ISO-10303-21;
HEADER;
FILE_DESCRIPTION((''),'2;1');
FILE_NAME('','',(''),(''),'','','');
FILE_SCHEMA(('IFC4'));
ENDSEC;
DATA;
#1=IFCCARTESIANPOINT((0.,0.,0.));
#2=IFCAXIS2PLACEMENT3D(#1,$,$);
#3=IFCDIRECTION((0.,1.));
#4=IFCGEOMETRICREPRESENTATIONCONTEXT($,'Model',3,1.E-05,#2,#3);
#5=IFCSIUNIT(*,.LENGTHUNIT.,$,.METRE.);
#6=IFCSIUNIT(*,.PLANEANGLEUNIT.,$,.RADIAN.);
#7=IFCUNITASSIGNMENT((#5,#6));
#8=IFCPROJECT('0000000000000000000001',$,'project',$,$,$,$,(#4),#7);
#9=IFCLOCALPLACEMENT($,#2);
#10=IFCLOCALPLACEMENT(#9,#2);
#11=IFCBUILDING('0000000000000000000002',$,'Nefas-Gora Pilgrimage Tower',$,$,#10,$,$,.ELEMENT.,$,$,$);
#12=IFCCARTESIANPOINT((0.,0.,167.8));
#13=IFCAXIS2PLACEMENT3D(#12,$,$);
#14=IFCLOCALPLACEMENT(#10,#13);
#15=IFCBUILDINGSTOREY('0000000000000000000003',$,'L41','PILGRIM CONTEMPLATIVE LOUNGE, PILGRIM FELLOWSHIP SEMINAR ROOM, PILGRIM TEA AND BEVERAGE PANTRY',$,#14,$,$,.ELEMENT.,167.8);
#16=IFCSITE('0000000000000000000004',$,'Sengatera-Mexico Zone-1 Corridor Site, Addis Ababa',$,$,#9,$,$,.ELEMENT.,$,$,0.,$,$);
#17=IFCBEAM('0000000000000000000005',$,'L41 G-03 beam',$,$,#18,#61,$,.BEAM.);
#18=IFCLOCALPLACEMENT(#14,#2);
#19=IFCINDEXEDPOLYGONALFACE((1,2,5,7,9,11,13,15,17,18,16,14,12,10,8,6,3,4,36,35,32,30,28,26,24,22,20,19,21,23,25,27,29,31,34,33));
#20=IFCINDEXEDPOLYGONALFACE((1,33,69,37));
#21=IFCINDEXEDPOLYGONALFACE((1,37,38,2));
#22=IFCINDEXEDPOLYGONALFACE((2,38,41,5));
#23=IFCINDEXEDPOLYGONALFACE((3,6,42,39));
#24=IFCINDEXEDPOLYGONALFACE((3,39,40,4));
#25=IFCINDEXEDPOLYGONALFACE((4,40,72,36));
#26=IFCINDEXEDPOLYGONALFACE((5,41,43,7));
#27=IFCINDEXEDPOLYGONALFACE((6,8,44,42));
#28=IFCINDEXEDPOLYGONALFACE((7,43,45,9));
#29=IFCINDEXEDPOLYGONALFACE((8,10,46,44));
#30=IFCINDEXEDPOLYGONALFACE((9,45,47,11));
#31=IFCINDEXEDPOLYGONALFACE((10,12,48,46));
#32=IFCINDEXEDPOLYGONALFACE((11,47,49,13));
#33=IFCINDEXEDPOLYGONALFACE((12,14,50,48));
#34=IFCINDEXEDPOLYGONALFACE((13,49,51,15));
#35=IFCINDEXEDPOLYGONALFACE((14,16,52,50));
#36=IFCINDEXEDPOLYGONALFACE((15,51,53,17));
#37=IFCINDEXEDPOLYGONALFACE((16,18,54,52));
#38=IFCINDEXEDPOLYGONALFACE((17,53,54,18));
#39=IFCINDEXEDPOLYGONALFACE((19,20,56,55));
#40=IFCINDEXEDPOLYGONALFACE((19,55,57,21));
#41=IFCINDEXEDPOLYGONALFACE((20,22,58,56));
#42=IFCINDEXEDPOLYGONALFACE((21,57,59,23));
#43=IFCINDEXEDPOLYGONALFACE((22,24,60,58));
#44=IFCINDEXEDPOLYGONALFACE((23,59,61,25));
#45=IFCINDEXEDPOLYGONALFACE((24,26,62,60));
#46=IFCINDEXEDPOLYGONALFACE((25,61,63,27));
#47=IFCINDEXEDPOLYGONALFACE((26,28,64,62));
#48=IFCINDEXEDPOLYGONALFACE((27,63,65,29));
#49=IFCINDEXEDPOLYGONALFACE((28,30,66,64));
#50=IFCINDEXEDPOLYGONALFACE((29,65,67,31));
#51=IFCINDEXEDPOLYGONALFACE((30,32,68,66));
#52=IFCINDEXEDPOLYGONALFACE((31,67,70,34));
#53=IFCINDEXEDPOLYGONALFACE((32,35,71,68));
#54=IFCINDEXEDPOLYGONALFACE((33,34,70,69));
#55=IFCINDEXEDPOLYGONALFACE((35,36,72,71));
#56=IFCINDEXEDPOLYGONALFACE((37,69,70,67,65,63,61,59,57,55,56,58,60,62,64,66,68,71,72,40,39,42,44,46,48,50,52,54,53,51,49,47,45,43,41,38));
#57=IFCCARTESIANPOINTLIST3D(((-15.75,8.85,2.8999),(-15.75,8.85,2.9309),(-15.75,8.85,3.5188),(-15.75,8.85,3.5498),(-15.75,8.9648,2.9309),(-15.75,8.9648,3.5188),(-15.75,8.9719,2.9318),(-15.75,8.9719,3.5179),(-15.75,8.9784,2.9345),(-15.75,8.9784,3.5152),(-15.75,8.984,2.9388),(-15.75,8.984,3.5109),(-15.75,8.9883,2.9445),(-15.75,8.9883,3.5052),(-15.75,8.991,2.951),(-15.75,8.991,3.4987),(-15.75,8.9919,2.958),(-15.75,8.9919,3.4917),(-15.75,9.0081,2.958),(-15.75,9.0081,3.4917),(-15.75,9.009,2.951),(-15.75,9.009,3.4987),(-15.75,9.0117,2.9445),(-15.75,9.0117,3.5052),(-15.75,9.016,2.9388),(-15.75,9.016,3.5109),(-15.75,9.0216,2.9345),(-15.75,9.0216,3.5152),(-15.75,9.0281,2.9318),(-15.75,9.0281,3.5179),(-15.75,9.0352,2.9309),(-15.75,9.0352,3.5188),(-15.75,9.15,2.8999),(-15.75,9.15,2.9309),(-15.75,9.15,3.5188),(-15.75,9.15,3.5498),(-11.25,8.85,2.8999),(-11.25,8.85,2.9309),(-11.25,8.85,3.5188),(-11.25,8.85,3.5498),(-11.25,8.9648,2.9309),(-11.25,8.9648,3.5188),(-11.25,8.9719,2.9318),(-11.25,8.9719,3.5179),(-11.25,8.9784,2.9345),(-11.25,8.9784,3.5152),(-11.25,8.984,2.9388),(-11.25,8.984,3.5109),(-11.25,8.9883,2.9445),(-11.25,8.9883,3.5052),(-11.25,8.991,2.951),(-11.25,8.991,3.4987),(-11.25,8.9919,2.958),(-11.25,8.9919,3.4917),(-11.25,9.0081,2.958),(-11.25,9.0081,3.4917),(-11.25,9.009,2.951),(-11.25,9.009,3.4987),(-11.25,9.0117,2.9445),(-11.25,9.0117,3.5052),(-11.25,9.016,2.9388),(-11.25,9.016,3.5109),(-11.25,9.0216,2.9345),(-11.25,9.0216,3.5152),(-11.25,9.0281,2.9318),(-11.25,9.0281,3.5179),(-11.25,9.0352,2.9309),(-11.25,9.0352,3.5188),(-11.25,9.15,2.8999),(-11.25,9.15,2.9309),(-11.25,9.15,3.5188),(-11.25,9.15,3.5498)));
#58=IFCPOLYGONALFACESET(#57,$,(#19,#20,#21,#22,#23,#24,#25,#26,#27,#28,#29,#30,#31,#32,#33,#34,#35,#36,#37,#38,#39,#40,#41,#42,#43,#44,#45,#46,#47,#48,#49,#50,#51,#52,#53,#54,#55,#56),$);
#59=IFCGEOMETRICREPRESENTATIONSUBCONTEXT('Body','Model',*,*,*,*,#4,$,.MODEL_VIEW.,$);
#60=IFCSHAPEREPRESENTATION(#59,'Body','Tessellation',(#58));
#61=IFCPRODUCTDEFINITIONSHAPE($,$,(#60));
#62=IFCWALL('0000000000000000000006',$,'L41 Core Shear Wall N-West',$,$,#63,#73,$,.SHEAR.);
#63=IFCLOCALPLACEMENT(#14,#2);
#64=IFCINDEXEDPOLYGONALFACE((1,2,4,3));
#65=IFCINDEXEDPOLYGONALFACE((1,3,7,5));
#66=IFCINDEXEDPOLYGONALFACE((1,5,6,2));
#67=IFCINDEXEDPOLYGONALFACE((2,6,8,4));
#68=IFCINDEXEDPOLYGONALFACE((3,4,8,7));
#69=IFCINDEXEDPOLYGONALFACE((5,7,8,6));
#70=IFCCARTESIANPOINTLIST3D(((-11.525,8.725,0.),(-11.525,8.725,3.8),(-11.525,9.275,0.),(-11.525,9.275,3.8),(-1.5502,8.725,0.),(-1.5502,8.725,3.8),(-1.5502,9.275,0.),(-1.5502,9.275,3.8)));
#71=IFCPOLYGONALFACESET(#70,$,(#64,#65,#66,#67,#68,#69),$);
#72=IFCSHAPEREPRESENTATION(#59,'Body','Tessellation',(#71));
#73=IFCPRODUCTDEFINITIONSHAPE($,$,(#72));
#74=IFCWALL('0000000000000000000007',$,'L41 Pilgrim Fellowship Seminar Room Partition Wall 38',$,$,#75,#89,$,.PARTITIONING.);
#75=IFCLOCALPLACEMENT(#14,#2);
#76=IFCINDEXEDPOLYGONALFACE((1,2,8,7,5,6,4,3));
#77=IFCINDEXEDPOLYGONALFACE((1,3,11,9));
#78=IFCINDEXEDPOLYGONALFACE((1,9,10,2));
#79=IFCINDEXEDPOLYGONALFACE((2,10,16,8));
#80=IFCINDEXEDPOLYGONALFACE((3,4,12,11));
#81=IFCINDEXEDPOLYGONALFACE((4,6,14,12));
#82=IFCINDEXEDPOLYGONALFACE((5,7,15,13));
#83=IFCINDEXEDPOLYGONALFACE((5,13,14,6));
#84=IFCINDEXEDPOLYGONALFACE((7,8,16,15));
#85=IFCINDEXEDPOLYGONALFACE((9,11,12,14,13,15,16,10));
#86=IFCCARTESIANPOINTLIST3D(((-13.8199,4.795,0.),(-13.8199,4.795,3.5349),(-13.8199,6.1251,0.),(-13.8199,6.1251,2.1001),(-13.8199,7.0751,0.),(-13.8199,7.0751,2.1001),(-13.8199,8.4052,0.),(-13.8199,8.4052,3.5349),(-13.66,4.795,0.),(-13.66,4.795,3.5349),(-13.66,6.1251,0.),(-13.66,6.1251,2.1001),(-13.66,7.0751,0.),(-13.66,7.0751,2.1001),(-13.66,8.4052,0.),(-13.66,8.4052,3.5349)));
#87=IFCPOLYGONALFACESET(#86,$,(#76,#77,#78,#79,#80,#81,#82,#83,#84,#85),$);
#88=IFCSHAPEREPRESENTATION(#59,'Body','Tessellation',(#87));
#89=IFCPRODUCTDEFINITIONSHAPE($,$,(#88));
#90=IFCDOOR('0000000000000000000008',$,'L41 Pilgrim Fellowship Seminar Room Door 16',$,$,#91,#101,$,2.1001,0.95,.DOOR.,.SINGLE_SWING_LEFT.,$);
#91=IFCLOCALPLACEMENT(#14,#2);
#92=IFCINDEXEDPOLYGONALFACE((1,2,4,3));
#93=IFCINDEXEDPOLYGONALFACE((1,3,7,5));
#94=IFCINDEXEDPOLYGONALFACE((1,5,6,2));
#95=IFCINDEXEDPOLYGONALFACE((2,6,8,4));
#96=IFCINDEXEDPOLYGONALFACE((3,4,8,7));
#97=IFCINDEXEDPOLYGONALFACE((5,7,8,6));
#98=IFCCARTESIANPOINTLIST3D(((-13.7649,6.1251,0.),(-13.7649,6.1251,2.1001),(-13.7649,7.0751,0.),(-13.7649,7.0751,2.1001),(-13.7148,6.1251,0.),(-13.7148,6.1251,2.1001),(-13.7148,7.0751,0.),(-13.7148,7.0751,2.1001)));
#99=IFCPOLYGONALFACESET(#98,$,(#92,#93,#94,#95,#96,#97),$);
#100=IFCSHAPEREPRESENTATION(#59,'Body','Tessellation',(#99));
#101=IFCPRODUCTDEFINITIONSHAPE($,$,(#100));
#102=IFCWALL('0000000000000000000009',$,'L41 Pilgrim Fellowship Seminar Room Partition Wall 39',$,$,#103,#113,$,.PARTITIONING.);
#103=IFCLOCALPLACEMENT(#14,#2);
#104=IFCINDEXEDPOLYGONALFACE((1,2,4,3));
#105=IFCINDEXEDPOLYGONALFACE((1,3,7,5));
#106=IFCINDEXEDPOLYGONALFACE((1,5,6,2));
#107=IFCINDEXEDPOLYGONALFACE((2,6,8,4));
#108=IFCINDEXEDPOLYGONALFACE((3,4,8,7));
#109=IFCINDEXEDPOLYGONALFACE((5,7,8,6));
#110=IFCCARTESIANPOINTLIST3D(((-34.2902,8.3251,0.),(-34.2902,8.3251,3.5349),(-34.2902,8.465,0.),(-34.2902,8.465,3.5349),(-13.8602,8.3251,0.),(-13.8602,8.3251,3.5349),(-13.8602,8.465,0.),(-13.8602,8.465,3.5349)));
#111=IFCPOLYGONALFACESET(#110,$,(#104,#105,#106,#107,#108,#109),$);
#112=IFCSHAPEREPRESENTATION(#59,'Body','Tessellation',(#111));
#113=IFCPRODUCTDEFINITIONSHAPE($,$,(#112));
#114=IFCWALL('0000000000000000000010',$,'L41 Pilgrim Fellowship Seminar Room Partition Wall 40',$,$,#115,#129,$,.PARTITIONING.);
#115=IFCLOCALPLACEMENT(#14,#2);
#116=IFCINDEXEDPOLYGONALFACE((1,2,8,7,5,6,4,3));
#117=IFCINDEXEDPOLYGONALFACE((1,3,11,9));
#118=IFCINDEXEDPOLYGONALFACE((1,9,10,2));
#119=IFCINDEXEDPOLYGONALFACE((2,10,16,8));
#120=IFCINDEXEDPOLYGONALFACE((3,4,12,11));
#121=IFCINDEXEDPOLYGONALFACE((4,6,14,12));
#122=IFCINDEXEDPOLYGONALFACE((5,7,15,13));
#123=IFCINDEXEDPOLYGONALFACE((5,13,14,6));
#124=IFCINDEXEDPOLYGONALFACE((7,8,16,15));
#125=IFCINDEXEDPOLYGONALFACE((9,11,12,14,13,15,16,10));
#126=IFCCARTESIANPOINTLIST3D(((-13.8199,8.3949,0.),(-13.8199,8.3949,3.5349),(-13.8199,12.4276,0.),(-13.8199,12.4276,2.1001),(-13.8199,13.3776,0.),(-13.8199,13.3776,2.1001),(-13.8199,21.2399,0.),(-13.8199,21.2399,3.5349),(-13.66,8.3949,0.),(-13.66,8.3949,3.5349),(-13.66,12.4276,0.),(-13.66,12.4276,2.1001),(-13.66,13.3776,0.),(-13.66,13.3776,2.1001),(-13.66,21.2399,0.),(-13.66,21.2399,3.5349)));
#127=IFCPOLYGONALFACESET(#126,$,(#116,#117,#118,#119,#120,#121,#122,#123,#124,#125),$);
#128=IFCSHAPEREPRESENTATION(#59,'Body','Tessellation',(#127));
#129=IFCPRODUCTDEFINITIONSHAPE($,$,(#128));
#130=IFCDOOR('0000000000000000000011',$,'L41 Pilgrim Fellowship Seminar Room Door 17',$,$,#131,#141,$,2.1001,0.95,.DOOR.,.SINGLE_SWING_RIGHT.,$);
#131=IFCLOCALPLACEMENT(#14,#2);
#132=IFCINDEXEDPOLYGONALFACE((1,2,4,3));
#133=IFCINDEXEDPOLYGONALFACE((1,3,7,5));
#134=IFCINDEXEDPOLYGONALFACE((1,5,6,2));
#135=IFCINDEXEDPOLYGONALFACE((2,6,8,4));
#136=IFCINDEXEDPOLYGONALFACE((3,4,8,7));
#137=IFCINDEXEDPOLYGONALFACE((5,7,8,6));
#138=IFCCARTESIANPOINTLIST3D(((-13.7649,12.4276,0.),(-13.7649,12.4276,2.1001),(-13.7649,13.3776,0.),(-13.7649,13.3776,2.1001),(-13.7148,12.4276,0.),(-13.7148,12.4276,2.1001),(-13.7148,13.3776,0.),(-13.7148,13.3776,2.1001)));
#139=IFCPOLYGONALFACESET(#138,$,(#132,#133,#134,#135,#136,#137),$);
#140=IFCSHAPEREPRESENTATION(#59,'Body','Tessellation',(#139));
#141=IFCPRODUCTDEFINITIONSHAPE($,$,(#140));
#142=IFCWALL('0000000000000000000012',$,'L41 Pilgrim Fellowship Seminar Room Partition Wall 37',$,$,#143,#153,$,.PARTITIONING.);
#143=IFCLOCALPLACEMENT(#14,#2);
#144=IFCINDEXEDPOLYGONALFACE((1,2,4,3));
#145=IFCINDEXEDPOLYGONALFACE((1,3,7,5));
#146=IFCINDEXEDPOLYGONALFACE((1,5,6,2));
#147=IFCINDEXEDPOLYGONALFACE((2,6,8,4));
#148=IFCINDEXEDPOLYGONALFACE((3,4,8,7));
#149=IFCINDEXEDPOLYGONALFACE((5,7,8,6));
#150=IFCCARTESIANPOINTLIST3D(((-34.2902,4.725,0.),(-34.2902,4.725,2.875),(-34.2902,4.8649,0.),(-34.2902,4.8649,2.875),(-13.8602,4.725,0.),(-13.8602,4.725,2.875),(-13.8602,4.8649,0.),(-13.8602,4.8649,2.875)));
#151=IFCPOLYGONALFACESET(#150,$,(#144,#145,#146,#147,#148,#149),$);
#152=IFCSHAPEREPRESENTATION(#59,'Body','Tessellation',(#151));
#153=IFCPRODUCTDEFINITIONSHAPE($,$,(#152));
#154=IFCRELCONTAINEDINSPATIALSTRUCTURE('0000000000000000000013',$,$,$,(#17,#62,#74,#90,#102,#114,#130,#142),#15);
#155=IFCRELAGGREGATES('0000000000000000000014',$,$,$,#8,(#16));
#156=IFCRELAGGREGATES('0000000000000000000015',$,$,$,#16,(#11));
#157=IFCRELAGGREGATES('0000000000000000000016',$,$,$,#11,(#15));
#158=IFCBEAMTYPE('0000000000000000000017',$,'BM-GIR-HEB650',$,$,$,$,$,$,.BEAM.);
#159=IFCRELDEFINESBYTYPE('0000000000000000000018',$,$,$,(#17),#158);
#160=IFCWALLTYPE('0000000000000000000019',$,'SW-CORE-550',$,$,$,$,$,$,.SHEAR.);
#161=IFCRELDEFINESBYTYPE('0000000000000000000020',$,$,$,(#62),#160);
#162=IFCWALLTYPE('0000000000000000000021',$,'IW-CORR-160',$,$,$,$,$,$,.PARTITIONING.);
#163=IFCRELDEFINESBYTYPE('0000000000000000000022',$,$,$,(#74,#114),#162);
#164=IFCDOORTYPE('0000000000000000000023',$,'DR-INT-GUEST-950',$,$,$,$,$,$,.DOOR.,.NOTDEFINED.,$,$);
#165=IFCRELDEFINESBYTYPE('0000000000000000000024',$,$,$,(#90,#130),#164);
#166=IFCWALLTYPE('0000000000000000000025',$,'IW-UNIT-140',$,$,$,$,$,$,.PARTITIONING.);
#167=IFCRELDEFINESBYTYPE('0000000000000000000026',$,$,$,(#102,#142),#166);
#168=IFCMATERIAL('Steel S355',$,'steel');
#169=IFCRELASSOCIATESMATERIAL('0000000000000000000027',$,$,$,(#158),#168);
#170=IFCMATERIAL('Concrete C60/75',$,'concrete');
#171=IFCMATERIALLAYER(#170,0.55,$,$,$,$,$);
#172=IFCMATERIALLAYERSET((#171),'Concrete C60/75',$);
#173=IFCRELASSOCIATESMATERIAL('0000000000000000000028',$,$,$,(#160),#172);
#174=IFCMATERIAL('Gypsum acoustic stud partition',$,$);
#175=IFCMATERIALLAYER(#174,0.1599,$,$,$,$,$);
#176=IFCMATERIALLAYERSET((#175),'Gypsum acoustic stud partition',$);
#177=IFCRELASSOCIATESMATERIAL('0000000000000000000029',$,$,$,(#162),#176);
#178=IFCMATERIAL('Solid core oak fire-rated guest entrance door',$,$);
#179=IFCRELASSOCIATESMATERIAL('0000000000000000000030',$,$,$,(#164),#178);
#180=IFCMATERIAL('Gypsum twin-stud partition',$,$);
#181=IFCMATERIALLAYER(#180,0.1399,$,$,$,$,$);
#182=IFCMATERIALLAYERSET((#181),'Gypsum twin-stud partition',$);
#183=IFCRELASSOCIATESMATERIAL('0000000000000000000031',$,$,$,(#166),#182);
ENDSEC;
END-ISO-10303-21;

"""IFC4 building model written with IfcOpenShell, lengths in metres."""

from ifc_helpers import new_model, si_unit, direction, frame, frame_2d, origin, origin_2d, place, context, subcontext, project, spatial, rectangle, i_section, extrude, source, transform, mapped, material, layer, layer_set, material_profile, profile_set, type_object, element, fill, save


model = new_model("IFC4")

# Units and contexts
model_context = context("Model", 3, precision=1e-05, world=origin(), true_north=direction((0.0, 1.0)))
body_context = subcontext(model_context, "Body", "Model", "MODEL_VIEW")
ifc_project = project(units=[si_unit("LENGTHUNIT", "METRE"), si_unit("PLANEANGLEUNIT", "RADIAN")], contexts=[model_context])

# Site, building, storey
site_placement = place(None, origin())
site = spatial("IfcSite", under=ifc_project, at=site_placement, Name="Sengatera-Mexico Zone-1 Corridor Site, Addis Ababa", CompositionType="ELEMENT", RefElevation=0.0)
building_placement = place(site_placement, origin())
building = spatial("IfcBuilding", under=site, at=building_placement, Name="Nefas-Gora Pilgrimage Tower", CompositionType="ELEMENT")
storey_placement = place(building_placement, frame((0.0, 0.0, 167.8)))
storey = spatial("IfcBuildingStorey", under=building, at=storey_placement, Name="L41", Description="PILGRIM CONTEMPLATIVE LOUNGE, PILGRIM FELLOWSHIP SEMINAR ROOM, PILGRIM TEA AND BEVERAGE PANTRY", CompositionType="ELEMENT", Elevation=167.8)

# Beam
ifc_material_1 = material(Name="Steel S355", Category="steel")
ifc_material_profile_1 = material_profile(ifc_material_1, i_section(OverallWidth=0.3, OverallDepth=0.6499, WebThickness=0.0161, FlangeThickness=0.031, FilletRadius=0.0271, at=origin_2d()), Name="HEB 650")
ifc_profile_set_1 = profile_set([ifc_material_profile_1], Name="Steel S355")
beam_type_1 = type_object("IfcBeamType", Name="BM-GIR-HEB650", PredefinedType="BEAM", material=ifc_profile_set_1)
shared_shape_1 = source(origin(), body_context, "Body", "SweptSolid", [
    extrude(i_section(OverallWidth=0.3, OverallDepth=0.6499, WebThickness=0.0161, FlangeThickness=0.031, FilletRadius=0.0271, at=origin_2d()), origin(), (0.0, 0.0, 1.0), 4.5),
])
for number, where, z_axis, x_axis, name in (
    (1, (-15.75, 9.0, 3.2249), (1.0, 0.0, 0.0), (0.0, 1.0, 0.0), "L41 G-03 beam"),
):
    element("IfcBeam", number, at=place(storey_placement, frame(where, z_axis=z_axis, x_axis=x_axis)), inside=storey, type_object=beam_type_1, Name=name, PredefinedType="BEAM", context=body_context, shape_type="MappedRepresentation", body=[
        mapped(shared_shape_1, transform((0.0, 0.0, 0.0), x_axis=(1.0, 0.0, 0.0), y_axis=(0.0, 1.0, 0.0), z_axis=(0.0, 0.0, 1.0), scale=1.0)),
    ])

# Wall
ifc_material_2 = material(Name="Concrete C60/75", Category="concrete")
ifc_layer_1 = layer(ifc_material_2, 0.55)
ifc_layer_set_1 = layer_set([ifc_layer_1], Name="Concrete C60/75")
wall_type_1 = type_object("IfcWallType", Name="SW-CORE-550", PredefinedType="SHEAR", material=ifc_layer_set_1)
shared_shape_2 = source(origin(), body_context, "Body", "SweptSolid", [
    extrude(rectangle(XDim=9.9749, YDim=0.55, at=frame_2d((4.9873, 0.0))), origin(), (0.0, 0.0, 1.0), 3.8),
])
wall_1_placement = place(storey_placement, frame((-11.5249, 9.0, 0.0), z_axis=(0.0, 0.0, 1.0), x_axis=(1.0, 0.0, 0.0)))
element("IfcWall", 2, at=wall_1_placement, inside=storey, type_object=wall_type_1, Name="L41 Core Shear Wall N-West", PredefinedType="SHEAR", context=body_context, shape_type="MappedRepresentation", body=[
    mapped(shared_shape_2, transform((0.0, 0.0, 0.0), x_axis=(1.0, 0.0, 0.0), y_axis=(0.0, 1.0, 0.0), z_axis=(0.0, 0.0, 1.0), scale=1.0)),
])

# Wall, opening, door
ifc_material_3 = material(Name="Gypsum acoustic stud partition")
ifc_layer_2 = layer(ifc_material_3, 0.1599)
ifc_layer_set_2 = layer_set([ifc_layer_2], Name="Gypsum acoustic stud partition")
wall_type_2 = type_object("IfcWallType", Name="IW-CORR-160", PredefinedType="PARTITIONING", material=ifc_layer_set_2)
shared_shape_3 = source(origin(), body_context, "Body", "SweptSolid", [
    extrude(rectangle(XDim=3.6101, YDim=0.1599, at=frame_2d((1.8052, 0.0))), origin(), (0.0, 0.0, 1.0), 3.5349),
])
wall_2_placement = place(storey_placement, frame((-13.74, 4.7949, 0.0), z_axis=(0.0, 0.0, 1.0), x_axis=(0.0, 1.0, 0.0)))
wall_2 = element("IfcWall", 3, at=wall_2_placement, inside=storey, type_object=wall_type_2, Name="L41 Pilgrim Fellowship Seminar Room Partition Wall 38", PredefinedType="PARTITIONING", context=body_context, shape_type="MappedRepresentation", body=[
    mapped(shared_shape_3, transform((0.0, 0.0, 0.0), x_axis=(1.0, 0.0, 0.0), y_axis=(0.0, 1.0, 0.0), z_axis=(0.0, 0.0, 1.0), scale=1.0)),
])
opening_1_placement = place(wall_2_placement, frame((1.3301, 0.0, 0.0)))
opening_1 = element("IfcOpeningElement", 4, at=opening_1_placement, cuts=wall_2, PredefinedType="OPENING", context=body_context, shape_type="SweptSolid", body=[
    extrude(rectangle(XDim=0.95, YDim=2.1001, at=frame_2d((0.4751, 1.05))), frame((0.0, 0.0898, 0.0), z_axis=(0.0, -1.0, 0.0), x_axis=(1.0, 0.0, 0.0)), (0.0, 0.0, 1.0), 0.1799),
])
ifc_material_4 = material(Name="Solid core oak fire-rated guest entrance door")
door_type = type_object("IfcDoorType", Name="DR-INT-GUEST-950", OperationType="NOTDEFINED", PredefinedType="DOOR", material=ifc_material_4)
shared_shape_4 = source(origin(), body_context, "Body", "SweptSolid", [
    extrude(rectangle(XDim=0.95, YDim=2.1001, at=frame_2d((0.4751, 1.05))), frame((0.0, 0.0249, 0.0), z_axis=(0.0, -1.0, 0.0), x_axis=(1.0, 0.0, 0.0)), (0.0, 0.0, 1.0), 0.05),
])
door_1_placement = place(opening_1_placement, origin())
door_1 = element("IfcDoor", 5, at=door_1_placement, inside=storey, type_object=door_type, Name="L41 Pilgrim Fellowship Seminar Room Door 16", OperationType="SINGLE_SWING_LEFT", OverallHeight=2.1001, OverallWidth=0.95, PredefinedType="DOOR", context=body_context, shape_type="MappedRepresentation", body=[
    mapped(shared_shape_4, transform((0.0, 0.0, 0.0), x_axis=(1.0, 0.0, 0.0), y_axis=(0.0, 1.0, 0.0), z_axis=(0.0, 0.0, 1.0), scale=1.0)),
])
fill(opening_1, door_1)

# Wall
ifc_material_5 = material(Name="Gypsum twin-stud partition")
ifc_layer_3 = layer(ifc_material_5, 0.1399)
ifc_layer_set_3 = layer_set([ifc_layer_3], Name="Gypsum twin-stud partition")
wall_type_3 = type_object("IfcWallType", Name="IW-UNIT-140", PredefinedType="PARTITIONING", material=ifc_layer_set_3)
shared_shape_5 = source(origin(), body_context, "Body", "SweptSolid", [
    extrude(rectangle(XDim=20.4299, YDim=0.1399, at=frame_2d((10.2148, 0.0))), origin(), (0.0, 0.0, 1.0), 3.5349),
])
wall_3_placement = place(storey_placement, frame((-34.29, 8.395, 0.0), z_axis=(0.0, 0.0, 1.0), x_axis=(1.0, 0.0, 0.0)))
element("IfcWall", 6, at=wall_3_placement, inside=storey, type_object=wall_type_3, Name="L41 Pilgrim Fellowship Seminar Room Partition Wall 39", PredefinedType="PARTITIONING", context=body_context, shape_type="MappedRepresentation", body=[
    mapped(shared_shape_5, transform((0.0, 0.0, 0.0), x_axis=(1.0, 0.0, 0.0), y_axis=(0.0, 1.0, 0.0), z_axis=(0.0, 0.0, 1.0), scale=1.0)),
])

# Wall, opening, door
shared_shape_6 = source(origin(), body_context, "Body", "SweptSolid", [
    extrude(rectangle(XDim=12.845, YDim=0.1599, at=frame_2d((6.4224, 0.0))), origin(), (0.0, 0.0, 1.0), 3.5349),
])
wall_4_placement = place(storey_placement, frame((-13.74, 8.395, 0.0), z_axis=(0.0, 0.0, 1.0), x_axis=(0.0, 1.0, 0.0)))
wall_4 = element("IfcWall", 7, at=wall_4_placement, inside=storey, type_object=wall_type_2, Name="L41 Pilgrim Fellowship Seminar Room Partition Wall 40", PredefinedType="PARTITIONING", context=body_context, shape_type="MappedRepresentation", body=[
    mapped(shared_shape_6, transform((0.0, 0.0, 0.0), x_axis=(1.0, 0.0, 0.0), y_axis=(0.0, 1.0, 0.0), z_axis=(0.0, 0.0, 1.0), scale=1.0)),
])
opening_2_placement = place(wall_4_placement, frame((4.0325, 0.0, 0.0)))
opening_2 = element("IfcOpeningElement", 8, at=opening_2_placement, cuts=wall_4, PredefinedType="OPENING", context=body_context, shape_type="SweptSolid", body=[
    extrude(rectangle(XDim=0.95, YDim=2.1001, at=frame_2d((0.4751, 1.05))), frame((0.0, 0.0898, 0.0), z_axis=(0.0, -1.0, 0.0), x_axis=(1.0, 0.0, 0.0)), (0.0, 0.0, 1.0), 0.1799),
])
door_2_placement = place(opening_2_placement, origin())
door_2 = element("IfcDoor", 9, at=door_2_placement, inside=storey, type_object=door_type, Name="L41 Pilgrim Fellowship Seminar Room Door 17", OperationType="SINGLE_SWING_RIGHT", OverallHeight=2.1001, OverallWidth=0.95, PredefinedType="DOOR", context=body_context, shape_type="MappedRepresentation", body=[
    mapped(shared_shape_4, transform((0.0, 0.0, 0.0), x_axis=(1.0, 0.0, 0.0), y_axis=(0.0, 1.0, 0.0), z_axis=(0.0, 0.0, 1.0), scale=1.0)),
])
fill(opening_2, door_2)

# Wall
shared_shape_7 = source(origin(), body_context, "Body", "SweptSolid", [
    extrude(rectangle(XDim=20.4299, YDim=0.1399, at=frame_2d((10.2148, 0.0))), origin(), (0.0, 0.0, 1.0), 2.875),
])
wall_5_placement = place(storey_placement, frame((-34.29, 4.7949, 0.0), z_axis=(0.0, 0.0, 1.0), x_axis=(1.0, 0.0, 0.0)))
element("IfcWall", 10, at=wall_5_placement, inside=storey, type_object=wall_type_3, Name="L41 Pilgrim Fellowship Seminar Room Partition Wall 37", PredefinedType="PARTITIONING", context=body_context, shape_type="MappedRepresentation", body=[
    mapped(shared_shape_7, transform((0.0, 0.0, 0.0), x_axis=(1.0, 0.0, 0.0), y_axis=(0.0, 1.0, 0.0), z_axis=(0.0, 0.0, 1.0), scale=1.0)),
])

save(model, "model.ifc")
